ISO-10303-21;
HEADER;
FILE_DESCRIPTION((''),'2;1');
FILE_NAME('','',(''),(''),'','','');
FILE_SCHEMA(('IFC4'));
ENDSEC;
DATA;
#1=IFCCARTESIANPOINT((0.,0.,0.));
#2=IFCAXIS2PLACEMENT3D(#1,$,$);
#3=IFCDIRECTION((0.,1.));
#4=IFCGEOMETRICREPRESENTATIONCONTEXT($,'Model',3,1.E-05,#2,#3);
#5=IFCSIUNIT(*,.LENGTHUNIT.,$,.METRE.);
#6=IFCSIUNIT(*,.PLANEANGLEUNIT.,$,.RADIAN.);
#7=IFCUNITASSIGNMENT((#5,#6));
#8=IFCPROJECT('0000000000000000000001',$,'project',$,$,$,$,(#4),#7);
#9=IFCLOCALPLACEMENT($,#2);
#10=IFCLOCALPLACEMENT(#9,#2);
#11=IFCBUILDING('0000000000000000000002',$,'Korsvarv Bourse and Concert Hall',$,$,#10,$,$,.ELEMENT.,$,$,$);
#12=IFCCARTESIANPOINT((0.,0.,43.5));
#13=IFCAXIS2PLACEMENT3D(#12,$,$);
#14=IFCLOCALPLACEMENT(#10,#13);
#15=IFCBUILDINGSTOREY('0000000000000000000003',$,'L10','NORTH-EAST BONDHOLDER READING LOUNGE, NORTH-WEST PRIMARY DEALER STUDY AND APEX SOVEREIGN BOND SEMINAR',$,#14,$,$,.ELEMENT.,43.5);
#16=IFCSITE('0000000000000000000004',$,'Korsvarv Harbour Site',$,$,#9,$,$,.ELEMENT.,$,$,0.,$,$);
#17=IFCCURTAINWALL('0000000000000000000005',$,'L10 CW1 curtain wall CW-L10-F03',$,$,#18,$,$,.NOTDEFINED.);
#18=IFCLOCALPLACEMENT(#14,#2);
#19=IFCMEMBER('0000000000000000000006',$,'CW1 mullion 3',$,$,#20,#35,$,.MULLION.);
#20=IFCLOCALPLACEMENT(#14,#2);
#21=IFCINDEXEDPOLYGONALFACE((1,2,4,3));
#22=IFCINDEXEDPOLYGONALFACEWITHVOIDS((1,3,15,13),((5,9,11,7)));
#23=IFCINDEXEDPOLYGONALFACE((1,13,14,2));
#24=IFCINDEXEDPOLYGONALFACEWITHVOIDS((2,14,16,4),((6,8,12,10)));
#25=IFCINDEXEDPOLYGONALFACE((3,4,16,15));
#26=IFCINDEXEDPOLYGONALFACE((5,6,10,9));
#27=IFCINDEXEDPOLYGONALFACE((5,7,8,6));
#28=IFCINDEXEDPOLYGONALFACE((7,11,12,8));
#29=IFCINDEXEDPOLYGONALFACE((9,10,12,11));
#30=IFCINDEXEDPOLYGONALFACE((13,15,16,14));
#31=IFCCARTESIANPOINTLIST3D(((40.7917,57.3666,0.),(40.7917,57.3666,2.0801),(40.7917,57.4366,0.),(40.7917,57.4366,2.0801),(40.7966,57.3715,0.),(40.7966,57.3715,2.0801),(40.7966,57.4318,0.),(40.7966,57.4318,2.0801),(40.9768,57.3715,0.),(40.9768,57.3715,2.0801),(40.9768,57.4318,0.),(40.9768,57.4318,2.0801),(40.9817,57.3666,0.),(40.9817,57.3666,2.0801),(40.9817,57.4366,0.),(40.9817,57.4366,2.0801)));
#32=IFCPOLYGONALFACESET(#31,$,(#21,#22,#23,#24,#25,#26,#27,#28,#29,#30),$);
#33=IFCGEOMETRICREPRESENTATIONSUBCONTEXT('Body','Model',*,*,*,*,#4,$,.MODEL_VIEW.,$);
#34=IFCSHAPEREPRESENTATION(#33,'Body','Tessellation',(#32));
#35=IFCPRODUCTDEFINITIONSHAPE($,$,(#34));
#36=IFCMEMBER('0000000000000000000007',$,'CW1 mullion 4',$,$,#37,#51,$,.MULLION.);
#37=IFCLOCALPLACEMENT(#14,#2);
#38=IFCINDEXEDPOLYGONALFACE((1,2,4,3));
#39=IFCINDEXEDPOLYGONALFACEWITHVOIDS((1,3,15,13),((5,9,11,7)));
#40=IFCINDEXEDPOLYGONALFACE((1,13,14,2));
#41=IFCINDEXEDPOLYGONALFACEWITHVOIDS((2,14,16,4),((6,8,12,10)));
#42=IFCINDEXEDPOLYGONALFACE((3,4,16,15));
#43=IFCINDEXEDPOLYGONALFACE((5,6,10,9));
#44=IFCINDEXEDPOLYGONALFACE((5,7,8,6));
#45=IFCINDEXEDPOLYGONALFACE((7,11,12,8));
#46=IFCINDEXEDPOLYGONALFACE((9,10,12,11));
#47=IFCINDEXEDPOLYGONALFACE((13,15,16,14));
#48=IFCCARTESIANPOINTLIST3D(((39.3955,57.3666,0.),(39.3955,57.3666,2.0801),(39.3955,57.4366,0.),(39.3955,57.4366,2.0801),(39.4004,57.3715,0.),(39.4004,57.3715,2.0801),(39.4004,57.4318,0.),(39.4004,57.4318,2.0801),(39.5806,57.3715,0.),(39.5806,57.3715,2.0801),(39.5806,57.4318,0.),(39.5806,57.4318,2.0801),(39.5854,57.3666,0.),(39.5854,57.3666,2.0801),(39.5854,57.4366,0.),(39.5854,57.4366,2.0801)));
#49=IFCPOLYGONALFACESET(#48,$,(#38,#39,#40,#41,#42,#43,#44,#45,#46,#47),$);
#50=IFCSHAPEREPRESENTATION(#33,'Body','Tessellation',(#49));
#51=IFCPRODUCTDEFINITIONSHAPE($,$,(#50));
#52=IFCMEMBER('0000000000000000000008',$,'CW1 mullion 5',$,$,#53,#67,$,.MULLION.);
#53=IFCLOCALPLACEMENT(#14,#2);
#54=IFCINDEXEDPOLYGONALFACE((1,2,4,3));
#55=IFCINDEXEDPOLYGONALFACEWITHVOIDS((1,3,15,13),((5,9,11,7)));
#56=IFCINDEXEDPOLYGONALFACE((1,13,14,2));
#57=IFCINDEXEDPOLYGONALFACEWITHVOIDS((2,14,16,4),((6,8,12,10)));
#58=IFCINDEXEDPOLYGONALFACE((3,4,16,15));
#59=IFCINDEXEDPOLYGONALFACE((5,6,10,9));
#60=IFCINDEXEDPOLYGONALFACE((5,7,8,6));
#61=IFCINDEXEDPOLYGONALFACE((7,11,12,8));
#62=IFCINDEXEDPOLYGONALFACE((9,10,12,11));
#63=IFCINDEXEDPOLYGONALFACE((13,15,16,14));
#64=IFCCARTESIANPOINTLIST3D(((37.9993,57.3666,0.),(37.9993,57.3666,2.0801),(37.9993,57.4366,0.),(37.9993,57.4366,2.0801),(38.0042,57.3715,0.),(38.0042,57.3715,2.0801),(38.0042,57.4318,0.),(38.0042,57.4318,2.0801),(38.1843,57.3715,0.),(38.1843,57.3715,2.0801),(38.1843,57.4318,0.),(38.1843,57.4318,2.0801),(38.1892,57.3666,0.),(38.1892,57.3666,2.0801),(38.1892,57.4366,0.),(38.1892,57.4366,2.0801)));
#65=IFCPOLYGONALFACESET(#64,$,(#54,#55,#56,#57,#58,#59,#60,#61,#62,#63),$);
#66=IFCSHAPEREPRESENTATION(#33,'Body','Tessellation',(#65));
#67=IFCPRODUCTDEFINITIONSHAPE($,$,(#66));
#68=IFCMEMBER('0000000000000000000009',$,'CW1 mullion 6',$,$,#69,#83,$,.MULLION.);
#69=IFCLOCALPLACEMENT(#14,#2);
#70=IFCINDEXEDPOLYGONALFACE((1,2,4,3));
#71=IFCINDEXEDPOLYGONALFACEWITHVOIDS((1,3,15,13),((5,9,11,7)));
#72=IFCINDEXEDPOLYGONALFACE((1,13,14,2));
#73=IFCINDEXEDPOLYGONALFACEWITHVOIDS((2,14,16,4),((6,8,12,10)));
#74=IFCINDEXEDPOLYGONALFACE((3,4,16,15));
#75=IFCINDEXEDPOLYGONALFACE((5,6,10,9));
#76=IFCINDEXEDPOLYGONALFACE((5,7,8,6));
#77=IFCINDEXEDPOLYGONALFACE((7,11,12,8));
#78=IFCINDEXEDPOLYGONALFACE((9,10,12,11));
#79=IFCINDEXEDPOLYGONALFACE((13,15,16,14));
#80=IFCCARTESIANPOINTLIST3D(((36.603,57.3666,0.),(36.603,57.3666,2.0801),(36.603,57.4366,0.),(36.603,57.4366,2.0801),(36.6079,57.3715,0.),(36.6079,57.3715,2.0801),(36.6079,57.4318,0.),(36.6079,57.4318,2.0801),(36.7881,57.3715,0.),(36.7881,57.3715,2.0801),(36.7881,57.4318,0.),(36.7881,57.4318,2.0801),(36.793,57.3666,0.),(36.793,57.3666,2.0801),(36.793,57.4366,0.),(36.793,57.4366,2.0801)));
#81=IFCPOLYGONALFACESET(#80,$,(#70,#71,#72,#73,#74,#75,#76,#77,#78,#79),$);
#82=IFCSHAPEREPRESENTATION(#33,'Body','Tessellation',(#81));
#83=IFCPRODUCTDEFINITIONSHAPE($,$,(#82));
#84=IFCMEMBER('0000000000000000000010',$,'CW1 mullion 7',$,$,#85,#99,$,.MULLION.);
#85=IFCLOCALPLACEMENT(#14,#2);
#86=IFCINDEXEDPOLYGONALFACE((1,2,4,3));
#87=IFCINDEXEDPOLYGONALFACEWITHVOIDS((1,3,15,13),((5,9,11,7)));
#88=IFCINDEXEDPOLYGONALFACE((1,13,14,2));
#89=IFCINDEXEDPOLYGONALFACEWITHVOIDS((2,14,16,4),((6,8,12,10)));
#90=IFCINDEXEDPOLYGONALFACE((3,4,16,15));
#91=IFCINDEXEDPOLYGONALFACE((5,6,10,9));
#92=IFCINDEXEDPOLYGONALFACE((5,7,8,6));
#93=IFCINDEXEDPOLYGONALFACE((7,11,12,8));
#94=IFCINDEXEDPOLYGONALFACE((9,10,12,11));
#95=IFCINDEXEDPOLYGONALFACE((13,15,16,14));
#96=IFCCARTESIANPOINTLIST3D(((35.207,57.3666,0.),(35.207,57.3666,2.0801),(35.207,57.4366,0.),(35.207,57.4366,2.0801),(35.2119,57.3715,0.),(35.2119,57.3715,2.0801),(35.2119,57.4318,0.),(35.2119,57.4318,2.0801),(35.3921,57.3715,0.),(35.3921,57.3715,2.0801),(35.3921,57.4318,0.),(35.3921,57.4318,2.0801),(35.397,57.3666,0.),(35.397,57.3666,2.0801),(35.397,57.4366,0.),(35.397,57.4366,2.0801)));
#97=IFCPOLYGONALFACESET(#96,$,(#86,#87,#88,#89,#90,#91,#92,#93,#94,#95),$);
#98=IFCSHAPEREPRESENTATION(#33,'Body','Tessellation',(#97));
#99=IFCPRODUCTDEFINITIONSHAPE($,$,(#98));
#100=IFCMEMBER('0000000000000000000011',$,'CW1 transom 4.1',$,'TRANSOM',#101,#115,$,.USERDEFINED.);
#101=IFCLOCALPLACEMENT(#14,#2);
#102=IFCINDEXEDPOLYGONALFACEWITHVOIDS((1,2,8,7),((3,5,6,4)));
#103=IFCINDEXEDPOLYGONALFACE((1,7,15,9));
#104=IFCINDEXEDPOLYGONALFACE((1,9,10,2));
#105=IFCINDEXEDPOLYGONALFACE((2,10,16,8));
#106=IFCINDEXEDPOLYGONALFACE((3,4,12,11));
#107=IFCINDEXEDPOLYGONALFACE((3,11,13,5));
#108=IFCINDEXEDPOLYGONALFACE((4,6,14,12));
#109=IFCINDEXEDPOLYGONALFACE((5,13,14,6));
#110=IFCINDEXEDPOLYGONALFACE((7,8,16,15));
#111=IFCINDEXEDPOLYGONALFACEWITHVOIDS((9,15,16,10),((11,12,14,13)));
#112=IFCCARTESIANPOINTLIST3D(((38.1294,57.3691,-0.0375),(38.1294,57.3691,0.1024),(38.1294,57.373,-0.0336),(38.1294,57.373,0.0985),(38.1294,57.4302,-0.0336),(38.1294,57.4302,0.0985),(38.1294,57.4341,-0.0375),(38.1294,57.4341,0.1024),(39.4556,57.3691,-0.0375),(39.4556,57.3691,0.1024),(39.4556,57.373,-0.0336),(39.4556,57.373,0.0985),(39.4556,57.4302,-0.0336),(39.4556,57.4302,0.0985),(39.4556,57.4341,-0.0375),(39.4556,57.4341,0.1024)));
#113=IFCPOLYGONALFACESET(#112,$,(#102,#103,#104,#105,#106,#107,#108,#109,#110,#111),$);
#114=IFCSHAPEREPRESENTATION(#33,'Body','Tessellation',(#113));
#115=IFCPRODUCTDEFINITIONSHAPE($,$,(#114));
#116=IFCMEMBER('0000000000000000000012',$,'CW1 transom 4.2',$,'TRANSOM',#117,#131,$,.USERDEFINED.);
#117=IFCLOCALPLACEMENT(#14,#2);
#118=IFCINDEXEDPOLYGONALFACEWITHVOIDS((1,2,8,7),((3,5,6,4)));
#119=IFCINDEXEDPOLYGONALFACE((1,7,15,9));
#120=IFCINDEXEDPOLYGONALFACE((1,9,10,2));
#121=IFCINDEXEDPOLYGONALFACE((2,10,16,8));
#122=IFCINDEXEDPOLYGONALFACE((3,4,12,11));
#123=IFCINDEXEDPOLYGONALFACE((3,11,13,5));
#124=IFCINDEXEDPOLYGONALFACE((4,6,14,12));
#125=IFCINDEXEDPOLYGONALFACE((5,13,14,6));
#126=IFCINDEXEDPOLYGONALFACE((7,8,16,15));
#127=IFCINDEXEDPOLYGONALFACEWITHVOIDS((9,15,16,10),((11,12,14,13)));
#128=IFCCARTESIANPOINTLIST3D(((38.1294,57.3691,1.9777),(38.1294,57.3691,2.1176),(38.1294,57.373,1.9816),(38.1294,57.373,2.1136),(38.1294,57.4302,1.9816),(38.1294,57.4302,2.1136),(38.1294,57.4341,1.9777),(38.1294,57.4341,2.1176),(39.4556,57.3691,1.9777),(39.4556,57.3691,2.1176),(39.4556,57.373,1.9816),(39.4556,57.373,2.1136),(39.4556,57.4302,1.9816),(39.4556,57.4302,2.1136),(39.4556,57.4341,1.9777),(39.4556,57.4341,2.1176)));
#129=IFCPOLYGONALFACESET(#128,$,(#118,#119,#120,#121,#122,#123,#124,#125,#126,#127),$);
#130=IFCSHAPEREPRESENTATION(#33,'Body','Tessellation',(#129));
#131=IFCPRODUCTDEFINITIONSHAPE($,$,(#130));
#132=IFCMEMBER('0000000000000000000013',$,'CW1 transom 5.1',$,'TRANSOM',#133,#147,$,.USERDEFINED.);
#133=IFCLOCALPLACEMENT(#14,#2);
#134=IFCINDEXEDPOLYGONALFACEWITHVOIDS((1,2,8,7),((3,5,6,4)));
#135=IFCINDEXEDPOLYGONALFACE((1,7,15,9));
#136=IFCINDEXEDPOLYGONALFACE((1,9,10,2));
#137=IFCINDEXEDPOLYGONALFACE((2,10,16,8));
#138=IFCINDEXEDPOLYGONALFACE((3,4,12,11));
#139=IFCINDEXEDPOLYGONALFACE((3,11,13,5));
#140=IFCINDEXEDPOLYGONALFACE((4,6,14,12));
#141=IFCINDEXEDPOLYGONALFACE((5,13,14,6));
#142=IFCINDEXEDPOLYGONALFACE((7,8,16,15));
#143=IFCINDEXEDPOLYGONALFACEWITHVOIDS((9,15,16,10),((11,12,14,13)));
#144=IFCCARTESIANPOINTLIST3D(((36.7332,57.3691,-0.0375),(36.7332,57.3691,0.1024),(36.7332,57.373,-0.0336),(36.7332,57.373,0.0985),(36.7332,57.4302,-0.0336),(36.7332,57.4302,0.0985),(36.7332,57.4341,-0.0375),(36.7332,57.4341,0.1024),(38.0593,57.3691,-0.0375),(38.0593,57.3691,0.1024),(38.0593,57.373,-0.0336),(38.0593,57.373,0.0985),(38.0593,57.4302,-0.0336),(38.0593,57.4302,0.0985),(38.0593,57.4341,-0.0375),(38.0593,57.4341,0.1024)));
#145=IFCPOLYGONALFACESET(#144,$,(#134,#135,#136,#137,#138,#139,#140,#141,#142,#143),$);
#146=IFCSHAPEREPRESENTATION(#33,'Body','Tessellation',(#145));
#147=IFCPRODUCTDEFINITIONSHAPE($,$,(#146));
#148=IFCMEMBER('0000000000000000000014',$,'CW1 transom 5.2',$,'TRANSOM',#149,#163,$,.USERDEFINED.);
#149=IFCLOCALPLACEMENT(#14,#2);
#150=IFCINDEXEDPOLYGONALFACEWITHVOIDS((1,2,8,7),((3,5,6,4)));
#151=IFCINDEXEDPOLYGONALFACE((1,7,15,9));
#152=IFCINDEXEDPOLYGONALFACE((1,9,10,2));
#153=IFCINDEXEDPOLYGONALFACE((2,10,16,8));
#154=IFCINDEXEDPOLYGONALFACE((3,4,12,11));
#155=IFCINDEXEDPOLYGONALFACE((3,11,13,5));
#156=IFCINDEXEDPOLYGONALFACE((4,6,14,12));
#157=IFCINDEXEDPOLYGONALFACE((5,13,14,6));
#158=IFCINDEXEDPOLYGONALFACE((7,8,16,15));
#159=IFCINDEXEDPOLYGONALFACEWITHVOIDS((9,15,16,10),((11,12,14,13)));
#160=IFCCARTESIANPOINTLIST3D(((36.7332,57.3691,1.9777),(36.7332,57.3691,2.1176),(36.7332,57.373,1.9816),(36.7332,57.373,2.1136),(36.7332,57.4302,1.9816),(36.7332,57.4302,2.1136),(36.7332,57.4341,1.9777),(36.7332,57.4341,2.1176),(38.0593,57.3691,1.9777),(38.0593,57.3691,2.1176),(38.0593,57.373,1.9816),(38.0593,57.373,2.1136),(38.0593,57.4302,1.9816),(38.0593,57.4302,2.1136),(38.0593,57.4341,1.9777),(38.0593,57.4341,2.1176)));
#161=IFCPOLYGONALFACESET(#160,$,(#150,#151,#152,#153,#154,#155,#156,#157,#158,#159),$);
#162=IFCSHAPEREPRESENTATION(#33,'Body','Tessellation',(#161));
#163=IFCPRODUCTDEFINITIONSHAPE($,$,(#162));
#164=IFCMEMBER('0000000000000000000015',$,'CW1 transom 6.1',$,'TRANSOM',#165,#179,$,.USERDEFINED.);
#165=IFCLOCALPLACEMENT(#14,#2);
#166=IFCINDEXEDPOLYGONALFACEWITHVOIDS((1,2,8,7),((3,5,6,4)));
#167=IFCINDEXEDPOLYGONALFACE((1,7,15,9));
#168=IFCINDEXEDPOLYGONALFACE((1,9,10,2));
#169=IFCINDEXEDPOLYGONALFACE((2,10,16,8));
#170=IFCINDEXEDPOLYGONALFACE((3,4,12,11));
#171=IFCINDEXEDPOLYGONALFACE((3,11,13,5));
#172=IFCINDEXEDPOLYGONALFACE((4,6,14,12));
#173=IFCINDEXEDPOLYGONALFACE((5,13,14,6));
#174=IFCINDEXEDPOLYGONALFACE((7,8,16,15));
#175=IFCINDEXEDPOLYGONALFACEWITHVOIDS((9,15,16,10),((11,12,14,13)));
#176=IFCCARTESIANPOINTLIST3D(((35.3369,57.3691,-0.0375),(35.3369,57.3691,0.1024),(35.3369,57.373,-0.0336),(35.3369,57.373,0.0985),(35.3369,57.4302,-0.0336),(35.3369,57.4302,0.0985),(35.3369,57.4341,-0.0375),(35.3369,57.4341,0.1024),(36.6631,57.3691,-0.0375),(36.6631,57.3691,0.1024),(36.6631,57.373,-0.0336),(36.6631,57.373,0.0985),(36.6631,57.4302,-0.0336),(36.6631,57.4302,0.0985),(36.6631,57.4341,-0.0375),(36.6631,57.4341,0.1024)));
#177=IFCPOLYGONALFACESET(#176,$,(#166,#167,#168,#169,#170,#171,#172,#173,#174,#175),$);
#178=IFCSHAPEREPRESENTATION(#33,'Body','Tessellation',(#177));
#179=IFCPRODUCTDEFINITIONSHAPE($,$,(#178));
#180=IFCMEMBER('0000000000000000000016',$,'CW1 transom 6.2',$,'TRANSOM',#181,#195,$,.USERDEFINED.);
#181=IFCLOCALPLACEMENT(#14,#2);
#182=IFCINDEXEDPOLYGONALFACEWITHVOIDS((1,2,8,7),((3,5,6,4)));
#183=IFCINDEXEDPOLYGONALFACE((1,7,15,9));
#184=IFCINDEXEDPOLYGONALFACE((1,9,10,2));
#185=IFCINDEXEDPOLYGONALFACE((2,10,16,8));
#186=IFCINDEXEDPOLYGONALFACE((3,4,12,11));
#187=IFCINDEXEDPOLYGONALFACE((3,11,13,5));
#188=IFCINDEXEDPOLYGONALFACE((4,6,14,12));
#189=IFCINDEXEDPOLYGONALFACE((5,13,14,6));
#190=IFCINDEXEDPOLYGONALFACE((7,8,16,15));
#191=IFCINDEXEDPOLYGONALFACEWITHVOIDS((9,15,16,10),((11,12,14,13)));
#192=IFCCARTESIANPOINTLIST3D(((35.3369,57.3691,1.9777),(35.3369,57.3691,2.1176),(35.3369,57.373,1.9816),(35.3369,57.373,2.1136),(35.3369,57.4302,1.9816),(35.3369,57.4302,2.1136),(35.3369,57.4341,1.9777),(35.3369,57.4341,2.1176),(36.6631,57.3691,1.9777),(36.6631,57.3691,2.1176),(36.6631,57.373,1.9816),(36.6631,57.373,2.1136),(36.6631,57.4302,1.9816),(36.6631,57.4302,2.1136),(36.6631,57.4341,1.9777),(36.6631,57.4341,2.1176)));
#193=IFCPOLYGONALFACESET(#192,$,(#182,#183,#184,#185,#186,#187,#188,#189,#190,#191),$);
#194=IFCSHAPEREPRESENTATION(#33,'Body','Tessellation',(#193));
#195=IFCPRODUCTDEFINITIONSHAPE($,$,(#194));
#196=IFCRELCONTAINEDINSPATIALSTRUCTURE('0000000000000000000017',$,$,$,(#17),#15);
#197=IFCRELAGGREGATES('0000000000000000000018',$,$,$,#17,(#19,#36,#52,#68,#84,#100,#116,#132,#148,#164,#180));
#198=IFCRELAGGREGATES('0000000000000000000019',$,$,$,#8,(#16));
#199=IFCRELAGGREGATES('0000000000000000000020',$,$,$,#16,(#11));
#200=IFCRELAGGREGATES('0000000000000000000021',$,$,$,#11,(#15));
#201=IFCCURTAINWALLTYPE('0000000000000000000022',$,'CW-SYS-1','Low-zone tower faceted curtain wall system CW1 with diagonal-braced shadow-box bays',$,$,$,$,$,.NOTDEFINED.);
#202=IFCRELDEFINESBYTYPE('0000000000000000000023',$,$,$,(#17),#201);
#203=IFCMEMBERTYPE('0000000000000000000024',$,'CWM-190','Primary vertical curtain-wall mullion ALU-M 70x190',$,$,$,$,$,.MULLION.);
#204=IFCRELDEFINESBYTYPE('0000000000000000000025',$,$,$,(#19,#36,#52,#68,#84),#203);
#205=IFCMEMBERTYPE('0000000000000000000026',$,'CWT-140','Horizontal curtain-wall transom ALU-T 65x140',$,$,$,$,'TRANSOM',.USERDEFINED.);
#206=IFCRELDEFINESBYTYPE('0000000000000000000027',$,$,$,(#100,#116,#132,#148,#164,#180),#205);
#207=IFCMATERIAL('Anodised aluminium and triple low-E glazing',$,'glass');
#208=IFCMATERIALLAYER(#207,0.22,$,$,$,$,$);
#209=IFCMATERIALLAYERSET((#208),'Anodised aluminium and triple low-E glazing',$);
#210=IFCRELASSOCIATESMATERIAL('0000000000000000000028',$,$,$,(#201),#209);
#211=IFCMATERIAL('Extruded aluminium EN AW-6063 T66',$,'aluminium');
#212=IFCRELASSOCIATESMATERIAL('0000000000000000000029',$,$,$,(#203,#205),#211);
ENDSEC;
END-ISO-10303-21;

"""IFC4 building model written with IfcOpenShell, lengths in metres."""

from ifc_helpers import new_model, si_unit, direction, frame, origin, origin_2d, place, context, subcontext, project, spatial, hollow_rectangle, extrude, source, transform, mapped, material, layer, layer_set, material_profile, profile_set, type_object, element, aggregate, save


model = new_model("IFC4")

# Units and contexts
model_context = context("Model", 3, precision=1e-05, world=origin(), true_north=direction((0.0, 1.0)))
body_context = subcontext(model_context, "Body", "Model", "MODEL_VIEW")
ifc_project = project(units=[si_unit("LENGTHUNIT", "METRE"), si_unit("PLANEANGLEUNIT", "RADIAN")], contexts=[model_context])

# Site, building, storey
site_placement = place(None, origin())
site = spatial("IfcSite", under=ifc_project, at=site_placement, Name="Korsvarv Harbour Site", CompositionType="ELEMENT", RefElevation=0.0)
building_placement = place(site_placement, origin())
building = spatial("IfcBuilding", under=site, at=building_placement, Name="Korsvarv Bourse and Concert Hall", CompositionType="ELEMENT")
storey_placement = place(building_placement, frame((0.0, 0.0, 43.5)))
storey = spatial("IfcBuildingStorey", under=building, at=storey_placement, Name="L10", Description="NORTH-EAST BONDHOLDER READING LOUNGE, NORTH-WEST PRIMARY DEALER STUDY AND APEX SOVEREIGN BOND SEMINAR", CompositionType="ELEMENT", Elevation=43.5)

# Curtain wall, members
ifc_material_1 = material(Name="Anodised aluminium and triple low-E glazing", Category="glass")
ifc_layer_1 = layer(ifc_material_1, 0.22)
ifc_layer_set_1 = layer_set([ifc_layer_1], Name="Anodised aluminium and triple low-E glazing")
curtain_wall_type = type_object("IfcCurtainWallType", Name="CW-SYS-1", Description="Low-zone tower faceted curtain wall system CW1 with diagonal-braced shadow-box bays", PredefinedType="NOTDEFINED", material=ifc_layer_set_1)
curtain_wall_placement = place(storey_placement, origin())
curtain_wall = element("IfcCurtainWall", 1, at=curtain_wall_placement, inside=storey, type_object=curtain_wall_type, Name="L10 CW1 curtain wall CW-L10-F03", PredefinedType="NOTDEFINED")
ifc_material_2 = material(Name="Extruded aluminium EN AW-6063 T66", Category="aluminium")
ifc_material_profile_1 = material_profile(ifc_material_2, hollow_rectangle(XDim=0.0701, YDim=0.1899, WallThickness=0.0049, at=origin_2d()), Name="ALU-M 70x190")
ifc_profile_set_1 = profile_set([ifc_material_profile_1], Name="Extruded aluminium EN AW-6063 T66")
member_type_1 = type_object("IfcMemberType", Name="CWM-190", Description="Primary vertical curtain-wall mullion ALU-M 70x190", PredefinedType="MULLION", material=ifc_profile_set_1)
shared_shape_1 = source(origin(), body_context, "Body", "SweptSolid", [
    extrude(hollow_rectangle(XDim=0.0701, YDim=0.1899, WallThickness=0.0049, at=origin_2d()), origin(), (0.0, 0.0, 1.0), 2.0801),
])
member_1_placement = place(storey_placement, frame((40.8867, 57.4016, 0.0), z_axis=(0.0, 0.0, 1.0), x_axis=(0.0, -1.0, 0.0)))
member_1 = element("IfcMember", 2, at=member_1_placement, type_object=member_type_1, Name="CW1 mullion 3", PredefinedType="MULLION", context=body_context, shape_type="MappedRepresentation", body=[
    mapped(shared_shape_1, transform((0.0, 0.0, 0.0), scale=1.0)),
])
member_2_placement = place(storey_placement, frame((39.4905, 57.4016, 0.0), z_axis=(0.0, 0.0, 1.0), x_axis=(0.0, -1.0, 0.0)))
member_2 = element("IfcMember", 3, at=member_2_placement, type_object=member_type_1, Name="CW1 mullion 4", PredefinedType="MULLION", context=body_context, shape_type="MappedRepresentation", body=[
    mapped(shared_shape_1, transform((0.0, 0.0, 0.0), scale=1.0)),
])
member_3_placement = place(storey_placement, frame((38.0942, 57.4016, 0.0), z_axis=(0.0, 0.0, 1.0), x_axis=(0.0, -1.0, 0.0)))
member_3 = element("IfcMember", 4, at=member_3_placement, type_object=member_type_1, Name="CW1 mullion 5", PredefinedType="MULLION", context=body_context, shape_type="MappedRepresentation", body=[
    mapped(shared_shape_1, transform((0.0, 0.0, 0.0), scale=1.0)),
])
member_4_placement = place(storey_placement, frame((36.698, 57.4016, 0.0), z_axis=(0.0, 0.0, 1.0), x_axis=(0.0, -1.0, 0.0)))
member_4 = element("IfcMember", 5, at=member_4_placement, type_object=member_type_1, Name="CW1 mullion 6", PredefinedType="MULLION", context=body_context, shape_type="MappedRepresentation", body=[
    mapped(shared_shape_1, transform((0.0, 0.0, 0.0), scale=1.0)),
])
member_5_placement = place(storey_placement, frame((35.302, 57.4016, 0.0), z_axis=(0.0, 0.0, 1.0), x_axis=(0.0, -1.0, 0.0)))
member_5 = element("IfcMember", 6, at=member_5_placement, type_object=member_type_1, Name="CW1 mullion 7", PredefinedType="MULLION", context=body_context, shape_type="MappedRepresentation", body=[
    mapped(shared_shape_1, transform((0.0, 0.0, 0.0), scale=1.0)),
])
ifc_material_profile_2 = material_profile(ifc_material_2, hollow_rectangle(XDim=0.0649, YDim=0.1399, WallThickness=0.0039, at=origin_2d()), Name="ALU-T 65x140")
ifc_profile_set_2 = profile_set([ifc_material_profile_2], Name="Extruded aluminium EN AW-6063 T66")
member_type_2 = type_object("IfcMemberType", Name="CWT-140", Description="Horizontal curtain-wall transom ALU-T 65x140", ElementType="TRANSOM", PredefinedType="USERDEFINED", material=ifc_profile_set_2)
shared_shape_2 = source(origin(), body_context, "Body", "SweptSolid", [
    extrude(hollow_rectangle(XDim=0.0649, YDim=0.1399, WallThickness=0.0039, at=origin_2d()), origin(), (0.0, 0.0, 1.0), 1.3262),
])
member_6_placement = place(storey_placement, frame((39.4556, 57.4016, 0.0325), z_axis=(-1.0, 0.0, 0.0), x_axis=(0.0, -1.0, 0.0)))
member_6 = element("IfcMember", 7, at=member_6_placement, type_object=member_type_2, Name="CW1 transom 4.1", ObjectType="TRANSOM", PredefinedType="USERDEFINED", context=body_context, shape_type="MappedRepresentation", body=[
    mapped(shared_shape_2, transform((0.0, 0.0, 0.0), scale=1.0)),
])
member_7_placement = place(storey_placement, frame((39.4556, 57.4016, 2.0476), z_axis=(-1.0, 0.0, 0.0), x_axis=(0.0, -1.0, 0.0)))
member_7 = element("IfcMember", 8, at=member_7_placement, type_object=member_type_2, Name="CW1 transom 4.2", ObjectType="TRANSOM", PredefinedType="USERDEFINED", context=body_context, shape_type="MappedRepresentation", body=[
    mapped(shared_shape_2, transform((0.0, 0.0, 0.0), scale=1.0)),
])
member_8_placement = place(storey_placement, frame((38.0593, 57.4016, 0.0325), z_axis=(-1.0, 0.0, 0.0), x_axis=(0.0, -1.0, 0.0)))
member_8 = element("IfcMember", 9, at=member_8_placement, type_object=member_type_2, Name="CW1 transom 5.1", ObjectType="TRANSOM", PredefinedType="USERDEFINED", context=body_context, shape_type="MappedRepresentation", body=[
    mapped(shared_shape_2, transform((0.0, 0.0, 0.0), scale=1.0)),
])
member_9_placement = place(storey_placement, frame((38.0593, 57.4016, 2.0476), z_axis=(-1.0, 0.0, 0.0), x_axis=(0.0, -1.0, 0.0)))
member_9 = element("IfcMember", 10, at=member_9_placement, type_object=member_type_2, Name="CW1 transom 5.2", ObjectType="TRANSOM", PredefinedType="USERDEFINED", context=body_context, shape_type="MappedRepresentation", body=[
    mapped(shared_shape_2, transform((0.0, 0.0, 0.0), scale=1.0)),
])
member_10_placement = place(storey_placement, frame((36.6631, 57.4016, 0.0325), z_axis=(-1.0, 0.0, 0.0), x_axis=(0.0, -1.0, 0.0)))
member_10 = element("IfcMember", 11, at=member_10_placement, type_object=member_type_2, Name="CW1 transom 6.1", ObjectType="TRANSOM", PredefinedType="USERDEFINED", context=body_context, shape_type="MappedRepresentation", body=[
    mapped(shared_shape_2, transform((0.0, 0.0, 0.0), scale=1.0)),
])
member_11_placement = place(storey_placement, frame((36.6631, 57.4016, 2.0476), z_axis=(-1.0, 0.0, 0.0), x_axis=(0.0, -1.0, 0.0)))
member_11 = element("IfcMember", 12, at=member_11_placement, type_object=member_type_2, Name="CW1 transom 6.2", ObjectType="TRANSOM", PredefinedType="USERDEFINED", context=body_context, shape_type="MappedRepresentation", body=[
    mapped(shared_shape_2, transform((0.0, 0.0, 0.0), scale=1.0)),
])
aggregate(curtain_wall, [member_1, member_2, member_3, member_4, member_5, member_6, member_7, member_8, member_9, member_10, member_11])

save(model, "model.ifc")
